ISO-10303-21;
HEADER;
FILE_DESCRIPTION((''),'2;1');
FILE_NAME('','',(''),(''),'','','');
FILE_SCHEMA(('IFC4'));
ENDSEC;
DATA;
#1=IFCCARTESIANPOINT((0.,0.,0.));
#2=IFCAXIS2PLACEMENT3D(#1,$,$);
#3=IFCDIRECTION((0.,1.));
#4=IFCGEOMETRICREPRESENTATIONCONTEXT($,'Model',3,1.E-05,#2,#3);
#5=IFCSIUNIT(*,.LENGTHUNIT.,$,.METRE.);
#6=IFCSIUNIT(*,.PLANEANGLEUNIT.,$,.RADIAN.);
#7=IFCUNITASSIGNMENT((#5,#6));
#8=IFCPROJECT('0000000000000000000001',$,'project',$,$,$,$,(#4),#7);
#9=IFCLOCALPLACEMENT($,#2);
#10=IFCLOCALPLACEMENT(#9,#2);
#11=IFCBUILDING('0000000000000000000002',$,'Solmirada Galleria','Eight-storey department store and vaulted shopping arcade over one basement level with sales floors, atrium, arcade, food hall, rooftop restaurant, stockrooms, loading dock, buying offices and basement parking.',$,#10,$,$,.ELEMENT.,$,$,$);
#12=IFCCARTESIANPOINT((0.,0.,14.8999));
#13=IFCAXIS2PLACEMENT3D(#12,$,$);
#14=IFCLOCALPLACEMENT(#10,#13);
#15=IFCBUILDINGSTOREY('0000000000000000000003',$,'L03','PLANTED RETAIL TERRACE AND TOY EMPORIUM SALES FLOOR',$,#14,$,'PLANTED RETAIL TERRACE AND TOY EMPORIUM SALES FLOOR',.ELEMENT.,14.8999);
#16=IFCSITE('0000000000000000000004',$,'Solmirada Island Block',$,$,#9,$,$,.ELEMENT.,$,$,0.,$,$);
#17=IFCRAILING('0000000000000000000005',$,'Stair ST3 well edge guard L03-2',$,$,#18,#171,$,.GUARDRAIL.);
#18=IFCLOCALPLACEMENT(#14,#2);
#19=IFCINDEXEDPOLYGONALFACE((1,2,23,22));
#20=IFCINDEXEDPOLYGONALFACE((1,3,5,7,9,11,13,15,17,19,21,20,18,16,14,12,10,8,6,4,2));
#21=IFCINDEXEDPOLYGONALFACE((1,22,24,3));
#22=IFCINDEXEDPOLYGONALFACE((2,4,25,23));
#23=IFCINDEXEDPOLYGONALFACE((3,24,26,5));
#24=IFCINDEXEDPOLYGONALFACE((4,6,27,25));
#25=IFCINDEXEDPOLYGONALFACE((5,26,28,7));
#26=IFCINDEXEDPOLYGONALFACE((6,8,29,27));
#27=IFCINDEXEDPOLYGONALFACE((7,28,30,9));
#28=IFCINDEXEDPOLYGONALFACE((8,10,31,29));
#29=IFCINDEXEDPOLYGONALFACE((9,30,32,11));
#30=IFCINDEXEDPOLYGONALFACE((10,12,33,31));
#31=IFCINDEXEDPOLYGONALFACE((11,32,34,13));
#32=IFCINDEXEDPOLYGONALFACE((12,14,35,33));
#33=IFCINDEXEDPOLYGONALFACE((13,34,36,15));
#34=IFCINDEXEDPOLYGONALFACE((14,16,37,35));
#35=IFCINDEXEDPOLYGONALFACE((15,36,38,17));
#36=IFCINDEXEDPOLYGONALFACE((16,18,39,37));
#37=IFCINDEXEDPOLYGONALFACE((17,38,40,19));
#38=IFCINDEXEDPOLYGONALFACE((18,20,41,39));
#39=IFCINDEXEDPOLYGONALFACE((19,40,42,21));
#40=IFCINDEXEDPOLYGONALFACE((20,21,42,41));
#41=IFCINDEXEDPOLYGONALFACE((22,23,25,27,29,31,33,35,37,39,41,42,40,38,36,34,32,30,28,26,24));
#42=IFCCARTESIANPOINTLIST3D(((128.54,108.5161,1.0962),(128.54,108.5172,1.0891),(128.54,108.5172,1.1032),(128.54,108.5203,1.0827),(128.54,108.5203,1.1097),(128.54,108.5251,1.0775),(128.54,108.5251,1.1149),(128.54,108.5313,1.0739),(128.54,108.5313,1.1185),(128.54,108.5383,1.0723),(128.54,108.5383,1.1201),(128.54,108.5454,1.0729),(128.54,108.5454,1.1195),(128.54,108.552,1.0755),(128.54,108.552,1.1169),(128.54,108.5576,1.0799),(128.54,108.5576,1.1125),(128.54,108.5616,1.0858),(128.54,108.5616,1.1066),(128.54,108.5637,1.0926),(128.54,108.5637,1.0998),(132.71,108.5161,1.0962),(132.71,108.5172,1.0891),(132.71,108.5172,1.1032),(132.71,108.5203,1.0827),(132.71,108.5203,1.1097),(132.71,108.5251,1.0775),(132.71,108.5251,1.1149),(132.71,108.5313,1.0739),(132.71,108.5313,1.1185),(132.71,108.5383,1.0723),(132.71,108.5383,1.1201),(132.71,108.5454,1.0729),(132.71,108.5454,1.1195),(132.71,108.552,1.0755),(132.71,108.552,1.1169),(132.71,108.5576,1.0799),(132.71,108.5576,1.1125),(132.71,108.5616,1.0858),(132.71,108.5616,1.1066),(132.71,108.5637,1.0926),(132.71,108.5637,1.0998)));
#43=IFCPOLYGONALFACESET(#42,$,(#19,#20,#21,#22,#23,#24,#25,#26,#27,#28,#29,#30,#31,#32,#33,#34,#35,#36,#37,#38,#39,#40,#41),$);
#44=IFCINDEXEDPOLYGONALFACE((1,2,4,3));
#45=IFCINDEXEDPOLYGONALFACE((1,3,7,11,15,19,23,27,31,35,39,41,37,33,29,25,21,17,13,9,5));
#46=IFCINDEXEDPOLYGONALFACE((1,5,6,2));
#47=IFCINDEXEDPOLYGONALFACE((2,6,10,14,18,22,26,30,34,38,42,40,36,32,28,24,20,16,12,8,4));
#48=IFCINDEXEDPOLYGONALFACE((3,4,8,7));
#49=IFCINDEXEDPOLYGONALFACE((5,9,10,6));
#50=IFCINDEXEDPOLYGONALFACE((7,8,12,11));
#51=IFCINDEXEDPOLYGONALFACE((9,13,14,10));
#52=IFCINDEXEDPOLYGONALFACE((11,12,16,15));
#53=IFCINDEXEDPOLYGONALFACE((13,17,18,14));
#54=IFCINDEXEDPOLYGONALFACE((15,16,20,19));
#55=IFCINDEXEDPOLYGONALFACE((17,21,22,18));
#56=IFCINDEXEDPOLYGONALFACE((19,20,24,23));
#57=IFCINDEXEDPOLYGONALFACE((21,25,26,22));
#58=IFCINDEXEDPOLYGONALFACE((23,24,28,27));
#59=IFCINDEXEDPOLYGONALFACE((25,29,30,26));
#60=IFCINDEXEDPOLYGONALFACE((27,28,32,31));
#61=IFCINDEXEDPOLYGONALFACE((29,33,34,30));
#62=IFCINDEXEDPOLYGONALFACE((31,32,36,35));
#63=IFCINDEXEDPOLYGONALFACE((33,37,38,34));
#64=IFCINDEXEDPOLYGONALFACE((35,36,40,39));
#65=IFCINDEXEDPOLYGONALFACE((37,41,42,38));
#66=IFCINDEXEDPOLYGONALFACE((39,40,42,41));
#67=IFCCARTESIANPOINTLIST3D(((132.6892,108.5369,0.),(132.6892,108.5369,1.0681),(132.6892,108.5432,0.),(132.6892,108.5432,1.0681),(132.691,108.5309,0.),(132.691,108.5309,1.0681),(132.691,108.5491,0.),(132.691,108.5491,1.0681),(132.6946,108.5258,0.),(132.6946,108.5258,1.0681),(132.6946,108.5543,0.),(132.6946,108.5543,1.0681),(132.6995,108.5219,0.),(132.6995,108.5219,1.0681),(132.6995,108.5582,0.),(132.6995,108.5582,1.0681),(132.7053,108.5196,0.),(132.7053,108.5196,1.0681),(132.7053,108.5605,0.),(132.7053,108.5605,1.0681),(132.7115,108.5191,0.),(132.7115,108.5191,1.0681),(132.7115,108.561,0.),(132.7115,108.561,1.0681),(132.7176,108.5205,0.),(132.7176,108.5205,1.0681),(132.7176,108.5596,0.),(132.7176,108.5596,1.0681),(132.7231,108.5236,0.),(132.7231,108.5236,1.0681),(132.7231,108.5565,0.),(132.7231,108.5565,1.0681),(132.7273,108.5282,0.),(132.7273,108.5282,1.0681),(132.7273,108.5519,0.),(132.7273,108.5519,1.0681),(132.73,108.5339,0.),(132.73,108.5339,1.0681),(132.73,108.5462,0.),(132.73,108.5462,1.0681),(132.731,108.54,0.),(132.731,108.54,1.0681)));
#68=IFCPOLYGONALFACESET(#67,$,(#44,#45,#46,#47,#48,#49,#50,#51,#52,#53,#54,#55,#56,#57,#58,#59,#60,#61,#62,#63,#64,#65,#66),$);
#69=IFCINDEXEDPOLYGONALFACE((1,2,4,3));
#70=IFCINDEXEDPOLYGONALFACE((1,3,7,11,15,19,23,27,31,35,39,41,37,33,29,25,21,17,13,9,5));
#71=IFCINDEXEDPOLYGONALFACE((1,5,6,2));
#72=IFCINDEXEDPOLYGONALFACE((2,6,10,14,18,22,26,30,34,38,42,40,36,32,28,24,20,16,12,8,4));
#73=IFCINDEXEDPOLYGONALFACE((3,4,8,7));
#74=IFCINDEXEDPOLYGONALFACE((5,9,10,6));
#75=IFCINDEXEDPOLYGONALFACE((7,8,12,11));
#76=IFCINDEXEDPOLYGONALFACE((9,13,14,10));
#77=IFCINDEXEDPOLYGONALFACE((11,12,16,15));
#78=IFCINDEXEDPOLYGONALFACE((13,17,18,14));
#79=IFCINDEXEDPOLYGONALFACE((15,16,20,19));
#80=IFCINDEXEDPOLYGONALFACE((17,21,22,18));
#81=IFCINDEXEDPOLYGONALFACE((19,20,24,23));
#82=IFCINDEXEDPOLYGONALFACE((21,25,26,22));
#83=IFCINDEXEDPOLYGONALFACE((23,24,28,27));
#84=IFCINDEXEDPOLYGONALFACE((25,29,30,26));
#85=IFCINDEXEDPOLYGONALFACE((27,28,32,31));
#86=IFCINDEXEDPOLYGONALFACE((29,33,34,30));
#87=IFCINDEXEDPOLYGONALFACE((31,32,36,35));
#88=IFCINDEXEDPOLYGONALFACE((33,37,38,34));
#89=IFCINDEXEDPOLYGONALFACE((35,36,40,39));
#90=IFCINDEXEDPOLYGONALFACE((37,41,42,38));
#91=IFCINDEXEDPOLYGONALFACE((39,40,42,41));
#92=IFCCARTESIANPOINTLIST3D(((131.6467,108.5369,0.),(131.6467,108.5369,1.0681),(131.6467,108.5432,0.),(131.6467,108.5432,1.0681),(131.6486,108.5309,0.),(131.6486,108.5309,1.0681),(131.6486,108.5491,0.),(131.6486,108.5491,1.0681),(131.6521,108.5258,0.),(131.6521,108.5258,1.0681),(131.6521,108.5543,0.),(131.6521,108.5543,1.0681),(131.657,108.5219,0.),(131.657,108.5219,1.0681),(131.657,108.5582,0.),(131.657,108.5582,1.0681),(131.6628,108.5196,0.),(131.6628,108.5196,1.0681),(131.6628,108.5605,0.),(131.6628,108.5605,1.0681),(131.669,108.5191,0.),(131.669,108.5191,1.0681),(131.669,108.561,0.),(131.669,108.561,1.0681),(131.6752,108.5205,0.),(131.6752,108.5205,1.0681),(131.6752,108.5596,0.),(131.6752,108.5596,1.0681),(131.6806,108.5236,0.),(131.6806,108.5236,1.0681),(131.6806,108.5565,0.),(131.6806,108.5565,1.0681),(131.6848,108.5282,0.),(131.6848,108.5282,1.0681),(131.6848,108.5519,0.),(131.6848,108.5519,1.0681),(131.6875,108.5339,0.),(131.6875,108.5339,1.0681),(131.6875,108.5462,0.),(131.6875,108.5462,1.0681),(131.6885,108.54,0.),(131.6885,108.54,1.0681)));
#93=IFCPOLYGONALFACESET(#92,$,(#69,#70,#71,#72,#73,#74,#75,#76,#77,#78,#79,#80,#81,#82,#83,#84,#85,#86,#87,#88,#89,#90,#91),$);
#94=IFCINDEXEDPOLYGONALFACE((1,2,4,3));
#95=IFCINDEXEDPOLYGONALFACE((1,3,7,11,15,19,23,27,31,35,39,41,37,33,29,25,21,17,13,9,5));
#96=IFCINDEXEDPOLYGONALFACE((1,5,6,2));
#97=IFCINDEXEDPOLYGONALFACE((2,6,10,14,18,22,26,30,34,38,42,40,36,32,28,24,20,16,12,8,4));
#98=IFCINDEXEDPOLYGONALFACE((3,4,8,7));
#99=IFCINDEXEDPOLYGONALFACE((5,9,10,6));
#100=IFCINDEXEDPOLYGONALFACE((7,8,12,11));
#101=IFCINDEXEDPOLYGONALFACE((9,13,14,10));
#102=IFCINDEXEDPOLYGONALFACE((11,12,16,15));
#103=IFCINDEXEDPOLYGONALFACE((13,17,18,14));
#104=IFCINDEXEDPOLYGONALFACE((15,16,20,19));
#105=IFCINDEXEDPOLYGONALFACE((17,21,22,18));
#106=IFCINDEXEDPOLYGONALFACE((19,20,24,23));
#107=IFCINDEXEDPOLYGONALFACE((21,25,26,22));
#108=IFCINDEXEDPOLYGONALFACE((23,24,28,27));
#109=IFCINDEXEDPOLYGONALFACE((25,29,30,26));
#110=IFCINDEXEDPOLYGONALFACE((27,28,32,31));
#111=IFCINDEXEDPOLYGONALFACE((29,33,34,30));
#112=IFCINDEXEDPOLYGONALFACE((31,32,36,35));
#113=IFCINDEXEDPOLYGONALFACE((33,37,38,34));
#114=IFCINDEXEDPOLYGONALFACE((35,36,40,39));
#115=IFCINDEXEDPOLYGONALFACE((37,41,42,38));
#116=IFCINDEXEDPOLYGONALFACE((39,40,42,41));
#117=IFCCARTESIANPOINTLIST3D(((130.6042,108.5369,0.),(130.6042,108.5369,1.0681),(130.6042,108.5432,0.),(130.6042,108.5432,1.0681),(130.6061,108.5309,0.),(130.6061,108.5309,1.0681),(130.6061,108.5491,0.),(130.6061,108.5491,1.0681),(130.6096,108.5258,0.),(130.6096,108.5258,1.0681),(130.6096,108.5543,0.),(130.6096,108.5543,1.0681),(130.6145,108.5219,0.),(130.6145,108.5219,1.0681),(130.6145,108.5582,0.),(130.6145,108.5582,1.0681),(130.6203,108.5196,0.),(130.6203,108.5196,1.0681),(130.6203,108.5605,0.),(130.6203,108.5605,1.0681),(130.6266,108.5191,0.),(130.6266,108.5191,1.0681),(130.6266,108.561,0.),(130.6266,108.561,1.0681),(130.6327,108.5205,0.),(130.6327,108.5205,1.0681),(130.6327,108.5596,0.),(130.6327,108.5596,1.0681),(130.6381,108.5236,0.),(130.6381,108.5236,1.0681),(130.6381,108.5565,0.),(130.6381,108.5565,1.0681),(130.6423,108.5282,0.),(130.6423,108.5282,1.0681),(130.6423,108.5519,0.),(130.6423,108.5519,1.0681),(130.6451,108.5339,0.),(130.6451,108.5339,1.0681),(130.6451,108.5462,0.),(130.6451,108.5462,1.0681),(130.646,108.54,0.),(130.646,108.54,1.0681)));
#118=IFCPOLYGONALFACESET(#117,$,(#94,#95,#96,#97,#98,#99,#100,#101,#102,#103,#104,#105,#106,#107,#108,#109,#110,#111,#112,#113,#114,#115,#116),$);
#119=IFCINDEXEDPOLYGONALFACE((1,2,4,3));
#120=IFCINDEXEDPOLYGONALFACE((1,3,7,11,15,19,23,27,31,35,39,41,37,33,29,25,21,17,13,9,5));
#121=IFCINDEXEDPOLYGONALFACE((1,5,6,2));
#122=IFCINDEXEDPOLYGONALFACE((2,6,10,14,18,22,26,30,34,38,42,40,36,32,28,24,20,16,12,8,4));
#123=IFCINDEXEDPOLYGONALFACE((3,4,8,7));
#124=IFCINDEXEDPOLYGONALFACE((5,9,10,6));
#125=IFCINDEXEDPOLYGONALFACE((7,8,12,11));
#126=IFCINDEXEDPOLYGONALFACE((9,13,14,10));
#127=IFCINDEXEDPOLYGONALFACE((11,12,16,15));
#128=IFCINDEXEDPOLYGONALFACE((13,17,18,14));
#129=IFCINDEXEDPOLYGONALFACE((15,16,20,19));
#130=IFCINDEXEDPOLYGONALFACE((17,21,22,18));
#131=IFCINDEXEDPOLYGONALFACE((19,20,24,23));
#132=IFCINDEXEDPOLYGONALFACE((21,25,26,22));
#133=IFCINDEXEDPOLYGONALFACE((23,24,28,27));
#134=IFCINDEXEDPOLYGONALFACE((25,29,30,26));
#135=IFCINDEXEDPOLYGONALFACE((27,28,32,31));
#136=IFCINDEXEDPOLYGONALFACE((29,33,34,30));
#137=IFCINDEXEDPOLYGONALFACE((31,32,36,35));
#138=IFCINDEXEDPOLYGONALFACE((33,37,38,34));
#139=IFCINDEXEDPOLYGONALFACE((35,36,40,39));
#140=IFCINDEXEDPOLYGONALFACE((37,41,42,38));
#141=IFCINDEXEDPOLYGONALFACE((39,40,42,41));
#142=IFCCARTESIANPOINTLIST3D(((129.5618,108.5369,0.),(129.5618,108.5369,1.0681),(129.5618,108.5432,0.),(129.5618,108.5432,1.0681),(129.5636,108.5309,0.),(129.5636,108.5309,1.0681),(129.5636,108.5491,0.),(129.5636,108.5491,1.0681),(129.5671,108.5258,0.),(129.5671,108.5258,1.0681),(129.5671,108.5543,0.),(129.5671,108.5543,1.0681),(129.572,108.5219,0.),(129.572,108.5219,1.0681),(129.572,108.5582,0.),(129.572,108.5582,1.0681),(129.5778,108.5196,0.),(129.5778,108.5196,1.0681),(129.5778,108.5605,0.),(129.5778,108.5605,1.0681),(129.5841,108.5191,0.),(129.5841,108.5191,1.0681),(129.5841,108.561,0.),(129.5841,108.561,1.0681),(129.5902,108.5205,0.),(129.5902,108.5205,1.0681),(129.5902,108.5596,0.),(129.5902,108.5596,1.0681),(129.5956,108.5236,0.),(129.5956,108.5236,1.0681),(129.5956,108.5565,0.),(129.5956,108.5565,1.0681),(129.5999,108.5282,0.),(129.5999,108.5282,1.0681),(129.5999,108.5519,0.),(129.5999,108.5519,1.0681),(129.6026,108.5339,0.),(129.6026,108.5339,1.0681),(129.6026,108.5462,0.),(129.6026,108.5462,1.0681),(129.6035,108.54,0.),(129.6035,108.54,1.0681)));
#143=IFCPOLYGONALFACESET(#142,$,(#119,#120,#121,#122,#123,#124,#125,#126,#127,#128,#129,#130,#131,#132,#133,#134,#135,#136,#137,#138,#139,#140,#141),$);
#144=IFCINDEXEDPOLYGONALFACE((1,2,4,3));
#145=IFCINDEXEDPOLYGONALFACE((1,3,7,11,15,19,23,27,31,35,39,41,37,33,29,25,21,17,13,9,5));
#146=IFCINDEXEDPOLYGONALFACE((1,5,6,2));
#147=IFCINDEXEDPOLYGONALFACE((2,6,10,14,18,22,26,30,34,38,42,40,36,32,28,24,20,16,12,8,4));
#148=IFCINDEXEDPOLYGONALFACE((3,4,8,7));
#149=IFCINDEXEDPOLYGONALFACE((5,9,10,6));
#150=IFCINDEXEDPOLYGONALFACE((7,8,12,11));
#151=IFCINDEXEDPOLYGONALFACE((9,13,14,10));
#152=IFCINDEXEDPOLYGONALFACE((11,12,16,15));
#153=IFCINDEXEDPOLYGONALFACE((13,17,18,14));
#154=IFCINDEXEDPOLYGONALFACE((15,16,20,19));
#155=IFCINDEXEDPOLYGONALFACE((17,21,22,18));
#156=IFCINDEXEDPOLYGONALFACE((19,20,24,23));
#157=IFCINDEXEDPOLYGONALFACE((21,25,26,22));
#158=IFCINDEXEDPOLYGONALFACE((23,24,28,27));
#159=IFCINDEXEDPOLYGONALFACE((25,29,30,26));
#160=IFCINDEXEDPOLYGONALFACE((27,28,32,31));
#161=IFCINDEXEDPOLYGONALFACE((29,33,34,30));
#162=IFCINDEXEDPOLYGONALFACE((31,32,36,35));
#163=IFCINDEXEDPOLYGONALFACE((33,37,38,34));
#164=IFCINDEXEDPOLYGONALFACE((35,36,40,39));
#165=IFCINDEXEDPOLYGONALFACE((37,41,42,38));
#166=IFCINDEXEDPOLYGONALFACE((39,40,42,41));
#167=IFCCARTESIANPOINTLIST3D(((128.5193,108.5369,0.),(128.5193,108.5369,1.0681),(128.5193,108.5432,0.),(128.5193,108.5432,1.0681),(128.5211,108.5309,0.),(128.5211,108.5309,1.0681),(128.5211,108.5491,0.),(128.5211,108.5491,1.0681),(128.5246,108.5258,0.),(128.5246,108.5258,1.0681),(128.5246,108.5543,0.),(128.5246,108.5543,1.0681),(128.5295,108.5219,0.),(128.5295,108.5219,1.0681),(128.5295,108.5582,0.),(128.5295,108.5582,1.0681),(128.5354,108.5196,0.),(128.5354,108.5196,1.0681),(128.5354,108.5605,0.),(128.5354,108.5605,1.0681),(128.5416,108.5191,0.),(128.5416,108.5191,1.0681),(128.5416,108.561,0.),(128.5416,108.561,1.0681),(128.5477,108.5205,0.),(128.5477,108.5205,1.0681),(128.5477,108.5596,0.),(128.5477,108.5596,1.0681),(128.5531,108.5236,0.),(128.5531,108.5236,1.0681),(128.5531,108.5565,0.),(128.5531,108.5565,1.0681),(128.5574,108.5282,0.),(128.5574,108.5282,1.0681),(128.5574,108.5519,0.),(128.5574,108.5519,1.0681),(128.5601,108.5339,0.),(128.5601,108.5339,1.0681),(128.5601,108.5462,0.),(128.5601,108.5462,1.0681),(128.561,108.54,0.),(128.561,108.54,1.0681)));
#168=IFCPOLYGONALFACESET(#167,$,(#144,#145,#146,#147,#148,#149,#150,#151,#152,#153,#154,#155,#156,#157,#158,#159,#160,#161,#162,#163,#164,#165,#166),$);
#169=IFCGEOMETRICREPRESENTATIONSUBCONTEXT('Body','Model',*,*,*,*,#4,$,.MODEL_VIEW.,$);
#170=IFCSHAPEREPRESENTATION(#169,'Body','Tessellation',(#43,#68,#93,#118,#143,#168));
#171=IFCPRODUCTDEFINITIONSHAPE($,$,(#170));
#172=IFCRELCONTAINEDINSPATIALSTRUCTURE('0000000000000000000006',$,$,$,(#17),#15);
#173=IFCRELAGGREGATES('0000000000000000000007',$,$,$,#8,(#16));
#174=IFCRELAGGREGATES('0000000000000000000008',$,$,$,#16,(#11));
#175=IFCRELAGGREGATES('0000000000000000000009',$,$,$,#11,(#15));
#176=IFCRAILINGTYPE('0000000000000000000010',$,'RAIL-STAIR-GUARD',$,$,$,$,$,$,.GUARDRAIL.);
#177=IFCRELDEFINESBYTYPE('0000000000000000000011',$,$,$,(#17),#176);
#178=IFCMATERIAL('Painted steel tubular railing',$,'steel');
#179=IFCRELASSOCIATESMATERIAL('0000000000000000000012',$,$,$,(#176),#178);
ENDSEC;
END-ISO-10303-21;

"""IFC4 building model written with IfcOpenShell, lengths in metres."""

from ifc_helpers import new_model, si_unit, direction, frame, origin, origin_2d, place, context, subcontext, project, spatial, circle, extrude, material, type_object, element, save


model = new_model("IFC4")

# Units and contexts
model_context = context("Model", 3, precision=1e-05, world=origin(), true_north=direction((0.0, 1.0)))
body_context = subcontext(model_context, "Body", "Model", "MODEL_VIEW")
ifc_project = project(units=[si_unit("LENGTHUNIT", "METRE"), si_unit("PLANEANGLEUNIT", "RADIAN")], contexts=[model_context])

# Site, building, storey
site_placement = place(None, origin())
site = spatial("IfcSite", under=ifc_project, at=site_placement, Name="Solmirada Island Block", CompositionType="ELEMENT", RefElevation=0.0)
building_placement = place(site_placement, origin())
building = spatial("IfcBuilding", under=site, at=building_placement, Name="Solmirada Galleria", Description="Eight-storey department store and vaulted shopping arcade over one basement level with sales floors, atrium, arcade, food hall, rooftop restaurant, stockrooms, loading dock, buying offices and basement parking.", CompositionType="ELEMENT")
storey_placement = place(building_placement, frame((0.0, 0.0, 14.8999)))
storey = spatial("IfcBuildingStorey", under=building, at=storey_placement, Name="L03", Description="PLANTED RETAIL TERRACE AND TOY EMPORIUM SALES FLOOR", LongName="PLANTED RETAIL TERRACE AND TOY EMPORIUM SALES FLOOR", CompositionType="ELEMENT", Elevation=14.8999)

# Railing
ifc_material_1 = material(Name="Painted steel tubular railing", Category="steel")
railing_type_1 = type_object("IfcRailingType", Name="RAIL-STAIR-GUARD", PredefinedType="GUARDRAIL", material=ifc_material_1)
railing_1_placement = place(storey_placement, frame((132.71, 108.54, 0.0)))
element("IfcRailing", 1, at=railing_1_placement, inside=storey, type_object=railing_type_1, Name="Stair ST3 well edge guard L03-2", PredefinedType="GUARDRAIL", context=body_context, shape_type="SweptSolid", body=[
    extrude(circle(Radius=0.0239, at=origin_2d()), frame((0.0, 0.0, 1.0962), z_axis=(-1.0, 0.0, 0.0), x_axis=(0.0, -1.0, 0.0)), (0.0, 0.0, 1.0), 4.1699),
    extrude(circle(Radius=0.021, at=origin_2d()), origin(), (0.0, 0.0, 1.0), 1.0681),
    extrude(circle(Radius=0.021, at=origin_2d()), frame((-1.0425, 0.0, 0.0)), (0.0, 0.0, 1.0), 1.0681),
    extrude(circle(Radius=0.021, at=origin_2d()), frame((-2.085, 0.0, 0.0)), (0.0, 0.0, 1.0), 1.0681),
    extrude(circle(Radius=0.021, at=origin_2d()), frame((-3.1274, 0.0, 0.0)), (0.0, 0.0, 1.0), 1.0681),
    extrude(circle(Radius=0.021, at=origin_2d()), frame((-4.1699, 0.0, 0.0)), (0.0, 0.0, 1.0), 1.0681),
])

save(model, "model.ifc")
